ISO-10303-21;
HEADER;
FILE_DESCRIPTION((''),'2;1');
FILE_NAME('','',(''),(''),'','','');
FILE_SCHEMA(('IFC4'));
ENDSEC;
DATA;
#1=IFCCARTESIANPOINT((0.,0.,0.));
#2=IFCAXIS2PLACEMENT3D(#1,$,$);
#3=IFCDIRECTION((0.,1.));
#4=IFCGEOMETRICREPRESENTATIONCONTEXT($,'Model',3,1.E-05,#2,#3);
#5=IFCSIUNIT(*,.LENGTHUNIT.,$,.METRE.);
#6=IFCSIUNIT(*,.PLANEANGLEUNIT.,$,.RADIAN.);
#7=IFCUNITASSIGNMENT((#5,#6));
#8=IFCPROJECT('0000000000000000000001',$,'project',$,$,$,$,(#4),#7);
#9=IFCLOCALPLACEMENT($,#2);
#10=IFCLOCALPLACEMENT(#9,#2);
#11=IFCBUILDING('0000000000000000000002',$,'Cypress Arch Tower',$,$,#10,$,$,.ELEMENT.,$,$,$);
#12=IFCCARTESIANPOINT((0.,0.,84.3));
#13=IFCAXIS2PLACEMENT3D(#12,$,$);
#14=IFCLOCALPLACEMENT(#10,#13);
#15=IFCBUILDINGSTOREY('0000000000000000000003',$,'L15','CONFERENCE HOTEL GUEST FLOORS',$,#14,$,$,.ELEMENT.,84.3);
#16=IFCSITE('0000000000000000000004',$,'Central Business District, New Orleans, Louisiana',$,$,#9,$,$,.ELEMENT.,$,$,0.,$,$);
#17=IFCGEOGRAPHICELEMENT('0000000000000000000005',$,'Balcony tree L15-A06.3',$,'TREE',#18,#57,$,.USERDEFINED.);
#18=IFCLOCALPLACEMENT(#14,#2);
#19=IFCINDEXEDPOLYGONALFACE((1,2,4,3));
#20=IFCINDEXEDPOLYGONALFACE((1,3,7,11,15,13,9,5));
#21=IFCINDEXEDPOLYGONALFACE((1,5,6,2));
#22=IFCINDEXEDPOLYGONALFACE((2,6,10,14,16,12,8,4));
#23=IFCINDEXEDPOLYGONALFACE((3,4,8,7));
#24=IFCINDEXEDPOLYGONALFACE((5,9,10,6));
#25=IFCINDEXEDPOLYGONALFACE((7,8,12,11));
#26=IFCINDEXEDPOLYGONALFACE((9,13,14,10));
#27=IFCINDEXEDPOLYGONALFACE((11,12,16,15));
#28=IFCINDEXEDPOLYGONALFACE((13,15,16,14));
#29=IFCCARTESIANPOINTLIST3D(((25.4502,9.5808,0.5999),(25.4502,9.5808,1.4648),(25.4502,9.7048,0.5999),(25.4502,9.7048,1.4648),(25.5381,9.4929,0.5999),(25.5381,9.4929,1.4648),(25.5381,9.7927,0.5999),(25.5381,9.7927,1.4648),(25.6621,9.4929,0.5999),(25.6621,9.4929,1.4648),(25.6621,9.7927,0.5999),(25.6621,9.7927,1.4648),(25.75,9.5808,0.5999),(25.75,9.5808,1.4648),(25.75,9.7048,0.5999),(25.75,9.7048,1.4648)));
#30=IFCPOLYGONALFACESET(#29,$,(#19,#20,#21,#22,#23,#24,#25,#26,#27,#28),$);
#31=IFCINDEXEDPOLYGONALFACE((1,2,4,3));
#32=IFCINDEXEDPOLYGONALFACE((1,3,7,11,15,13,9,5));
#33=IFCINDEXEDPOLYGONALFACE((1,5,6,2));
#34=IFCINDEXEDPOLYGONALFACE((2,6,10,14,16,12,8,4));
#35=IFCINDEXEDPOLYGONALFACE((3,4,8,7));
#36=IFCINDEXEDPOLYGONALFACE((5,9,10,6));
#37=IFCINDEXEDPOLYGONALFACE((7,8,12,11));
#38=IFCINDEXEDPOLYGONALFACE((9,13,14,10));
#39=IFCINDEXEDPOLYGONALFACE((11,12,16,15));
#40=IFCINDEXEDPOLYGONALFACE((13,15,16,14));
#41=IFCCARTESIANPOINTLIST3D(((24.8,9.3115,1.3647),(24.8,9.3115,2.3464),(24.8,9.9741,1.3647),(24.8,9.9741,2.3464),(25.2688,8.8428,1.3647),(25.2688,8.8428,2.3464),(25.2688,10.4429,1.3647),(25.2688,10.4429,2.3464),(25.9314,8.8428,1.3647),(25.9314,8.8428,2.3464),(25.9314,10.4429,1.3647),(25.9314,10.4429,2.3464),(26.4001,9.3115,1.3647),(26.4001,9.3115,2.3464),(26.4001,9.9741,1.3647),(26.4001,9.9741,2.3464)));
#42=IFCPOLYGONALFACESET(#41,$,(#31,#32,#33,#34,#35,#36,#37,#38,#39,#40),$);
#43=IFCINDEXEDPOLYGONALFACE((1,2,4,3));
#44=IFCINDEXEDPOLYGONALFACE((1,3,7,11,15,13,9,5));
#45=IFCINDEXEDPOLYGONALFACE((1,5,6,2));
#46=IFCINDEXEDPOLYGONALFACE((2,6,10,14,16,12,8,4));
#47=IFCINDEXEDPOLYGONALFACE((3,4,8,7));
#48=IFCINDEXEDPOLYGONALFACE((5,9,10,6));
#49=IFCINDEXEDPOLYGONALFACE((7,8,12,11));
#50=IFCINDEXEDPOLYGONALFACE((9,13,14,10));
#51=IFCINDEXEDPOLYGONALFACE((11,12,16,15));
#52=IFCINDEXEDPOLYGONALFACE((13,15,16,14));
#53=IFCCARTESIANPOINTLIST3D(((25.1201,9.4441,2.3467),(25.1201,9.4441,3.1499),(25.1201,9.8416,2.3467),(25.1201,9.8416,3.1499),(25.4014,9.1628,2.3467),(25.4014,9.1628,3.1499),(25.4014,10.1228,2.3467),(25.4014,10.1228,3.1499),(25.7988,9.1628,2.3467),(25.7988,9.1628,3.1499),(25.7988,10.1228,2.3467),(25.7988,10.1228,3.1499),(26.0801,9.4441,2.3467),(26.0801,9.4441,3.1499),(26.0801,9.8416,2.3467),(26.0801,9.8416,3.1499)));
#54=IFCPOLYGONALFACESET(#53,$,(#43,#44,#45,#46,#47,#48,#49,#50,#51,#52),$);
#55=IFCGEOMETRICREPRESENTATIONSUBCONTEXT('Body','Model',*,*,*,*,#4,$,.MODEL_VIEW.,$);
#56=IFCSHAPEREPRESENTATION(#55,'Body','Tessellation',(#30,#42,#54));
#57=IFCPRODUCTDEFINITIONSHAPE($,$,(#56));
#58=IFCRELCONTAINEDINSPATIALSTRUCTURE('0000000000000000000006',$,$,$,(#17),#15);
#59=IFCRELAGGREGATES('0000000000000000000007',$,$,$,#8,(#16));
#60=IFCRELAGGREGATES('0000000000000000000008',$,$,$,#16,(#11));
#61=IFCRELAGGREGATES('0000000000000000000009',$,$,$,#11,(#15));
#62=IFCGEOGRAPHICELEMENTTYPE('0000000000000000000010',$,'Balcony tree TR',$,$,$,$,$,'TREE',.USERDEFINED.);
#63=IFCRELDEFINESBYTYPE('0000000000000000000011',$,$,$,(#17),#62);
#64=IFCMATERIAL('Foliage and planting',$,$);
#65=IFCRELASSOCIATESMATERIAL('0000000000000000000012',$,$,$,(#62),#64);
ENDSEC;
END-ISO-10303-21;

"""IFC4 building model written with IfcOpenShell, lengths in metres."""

from ifc_helpers import new_model, si_unit, direction, frame, origin, place, context, subcontext, project, spatial, polyline, outline, extrude, material, type_object, element, save


model = new_model("IFC4")

# Units and contexts
model_context = context("Model", 3, precision=1e-05, world=origin(), true_north=direction((0.0, 1.0)))
body_context = subcontext(model_context, "Body", "Model", "MODEL_VIEW")
ifc_project = project(units=[si_unit("LENGTHUNIT", "METRE"), si_unit("PLANEANGLEUNIT", "RADIAN")], contexts=[model_context])

# Site, building, storey
site_placement = place(None, origin())
site = spatial("IfcSite", under=ifc_project, at=site_placement, Name="Central Business District, New Orleans, Louisiana", CompositionType="ELEMENT", RefElevation=0.0)
building_placement = place(site_placement, origin())
building = spatial("IfcBuilding", under=site, at=building_placement, Name="Cypress Arch Tower", CompositionType="ELEMENT")
storey_placement = place(building_placement, frame((0.0, 0.0, 84.3)))
storey = spatial("IfcBuildingStorey", under=building, at=storey_placement, Name="L15", Description="CONFERENCE HOTEL GUEST FLOORS", CompositionType="ELEMENT", Elevation=84.3)

# Geographic element
ifc_material_1 = material(Name="Foliage and planting")
geographic_element_type = type_object("IfcGeographicElementType", Name="Balcony tree TR", ElementType="TREE", PredefinedType="USERDEFINED", material=ifc_material_1)
for number, where, z_axis, x_axis, name in (
    (1, (25.6001, 9.6428, 0.5999), (0.0, 0.0, 1.0), (1.0, 0.0, 0.0), "Balcony tree L15-A06.3"),
):
    element("IfcGeographicElement", number, at=place(storey_placement, frame(where, z_axis=z_axis, x_axis=x_axis)), inside=storey, type_object=geographic_element_type, Name=name, ObjectType="TREE", PredefinedType="USERDEFINED", context=body_context, shape_type="SweptSolid", body=[
        extrude(outline(polyline([(0.1499, 0.062), (0.062, 0.1499), (-0.062, 0.1499), (-0.1499, 0.062), (-0.1499, -0.062), (-0.062, -0.1499), (0.062, -0.1499), (0.1499, -0.062), (0.1499, 0.062)])), origin(), (0.0, 0.0, 1.0), 0.865),
        extrude(outline(polyline([(0.8, 0.3313), (0.3313, 0.8), (-0.3313, 0.8), (-0.8, 0.3313), (-0.8, -0.3313), (-0.3313, -0.8), (0.3313, -0.8), (0.8, -0.3313), (0.8, 0.3313)])), frame((0.0, 0.0, 0.7649)), (0.0, 0.0, 1.0), 0.9817),
        extrude(outline(polyline([(0.48, 0.1987), (0.1987, 0.48), (-0.1987, 0.48), (-0.48, 0.1987), (-0.48, -0.1987), (-0.1987, -0.48), (0.1987, -0.48), (0.48, -0.1987), (0.48, 0.1987)])), frame((0.0, 0.0, 1.7468)), (0.0, 0.0, 1.0), 0.8032),
    ])

save(model, "model.ifc")
